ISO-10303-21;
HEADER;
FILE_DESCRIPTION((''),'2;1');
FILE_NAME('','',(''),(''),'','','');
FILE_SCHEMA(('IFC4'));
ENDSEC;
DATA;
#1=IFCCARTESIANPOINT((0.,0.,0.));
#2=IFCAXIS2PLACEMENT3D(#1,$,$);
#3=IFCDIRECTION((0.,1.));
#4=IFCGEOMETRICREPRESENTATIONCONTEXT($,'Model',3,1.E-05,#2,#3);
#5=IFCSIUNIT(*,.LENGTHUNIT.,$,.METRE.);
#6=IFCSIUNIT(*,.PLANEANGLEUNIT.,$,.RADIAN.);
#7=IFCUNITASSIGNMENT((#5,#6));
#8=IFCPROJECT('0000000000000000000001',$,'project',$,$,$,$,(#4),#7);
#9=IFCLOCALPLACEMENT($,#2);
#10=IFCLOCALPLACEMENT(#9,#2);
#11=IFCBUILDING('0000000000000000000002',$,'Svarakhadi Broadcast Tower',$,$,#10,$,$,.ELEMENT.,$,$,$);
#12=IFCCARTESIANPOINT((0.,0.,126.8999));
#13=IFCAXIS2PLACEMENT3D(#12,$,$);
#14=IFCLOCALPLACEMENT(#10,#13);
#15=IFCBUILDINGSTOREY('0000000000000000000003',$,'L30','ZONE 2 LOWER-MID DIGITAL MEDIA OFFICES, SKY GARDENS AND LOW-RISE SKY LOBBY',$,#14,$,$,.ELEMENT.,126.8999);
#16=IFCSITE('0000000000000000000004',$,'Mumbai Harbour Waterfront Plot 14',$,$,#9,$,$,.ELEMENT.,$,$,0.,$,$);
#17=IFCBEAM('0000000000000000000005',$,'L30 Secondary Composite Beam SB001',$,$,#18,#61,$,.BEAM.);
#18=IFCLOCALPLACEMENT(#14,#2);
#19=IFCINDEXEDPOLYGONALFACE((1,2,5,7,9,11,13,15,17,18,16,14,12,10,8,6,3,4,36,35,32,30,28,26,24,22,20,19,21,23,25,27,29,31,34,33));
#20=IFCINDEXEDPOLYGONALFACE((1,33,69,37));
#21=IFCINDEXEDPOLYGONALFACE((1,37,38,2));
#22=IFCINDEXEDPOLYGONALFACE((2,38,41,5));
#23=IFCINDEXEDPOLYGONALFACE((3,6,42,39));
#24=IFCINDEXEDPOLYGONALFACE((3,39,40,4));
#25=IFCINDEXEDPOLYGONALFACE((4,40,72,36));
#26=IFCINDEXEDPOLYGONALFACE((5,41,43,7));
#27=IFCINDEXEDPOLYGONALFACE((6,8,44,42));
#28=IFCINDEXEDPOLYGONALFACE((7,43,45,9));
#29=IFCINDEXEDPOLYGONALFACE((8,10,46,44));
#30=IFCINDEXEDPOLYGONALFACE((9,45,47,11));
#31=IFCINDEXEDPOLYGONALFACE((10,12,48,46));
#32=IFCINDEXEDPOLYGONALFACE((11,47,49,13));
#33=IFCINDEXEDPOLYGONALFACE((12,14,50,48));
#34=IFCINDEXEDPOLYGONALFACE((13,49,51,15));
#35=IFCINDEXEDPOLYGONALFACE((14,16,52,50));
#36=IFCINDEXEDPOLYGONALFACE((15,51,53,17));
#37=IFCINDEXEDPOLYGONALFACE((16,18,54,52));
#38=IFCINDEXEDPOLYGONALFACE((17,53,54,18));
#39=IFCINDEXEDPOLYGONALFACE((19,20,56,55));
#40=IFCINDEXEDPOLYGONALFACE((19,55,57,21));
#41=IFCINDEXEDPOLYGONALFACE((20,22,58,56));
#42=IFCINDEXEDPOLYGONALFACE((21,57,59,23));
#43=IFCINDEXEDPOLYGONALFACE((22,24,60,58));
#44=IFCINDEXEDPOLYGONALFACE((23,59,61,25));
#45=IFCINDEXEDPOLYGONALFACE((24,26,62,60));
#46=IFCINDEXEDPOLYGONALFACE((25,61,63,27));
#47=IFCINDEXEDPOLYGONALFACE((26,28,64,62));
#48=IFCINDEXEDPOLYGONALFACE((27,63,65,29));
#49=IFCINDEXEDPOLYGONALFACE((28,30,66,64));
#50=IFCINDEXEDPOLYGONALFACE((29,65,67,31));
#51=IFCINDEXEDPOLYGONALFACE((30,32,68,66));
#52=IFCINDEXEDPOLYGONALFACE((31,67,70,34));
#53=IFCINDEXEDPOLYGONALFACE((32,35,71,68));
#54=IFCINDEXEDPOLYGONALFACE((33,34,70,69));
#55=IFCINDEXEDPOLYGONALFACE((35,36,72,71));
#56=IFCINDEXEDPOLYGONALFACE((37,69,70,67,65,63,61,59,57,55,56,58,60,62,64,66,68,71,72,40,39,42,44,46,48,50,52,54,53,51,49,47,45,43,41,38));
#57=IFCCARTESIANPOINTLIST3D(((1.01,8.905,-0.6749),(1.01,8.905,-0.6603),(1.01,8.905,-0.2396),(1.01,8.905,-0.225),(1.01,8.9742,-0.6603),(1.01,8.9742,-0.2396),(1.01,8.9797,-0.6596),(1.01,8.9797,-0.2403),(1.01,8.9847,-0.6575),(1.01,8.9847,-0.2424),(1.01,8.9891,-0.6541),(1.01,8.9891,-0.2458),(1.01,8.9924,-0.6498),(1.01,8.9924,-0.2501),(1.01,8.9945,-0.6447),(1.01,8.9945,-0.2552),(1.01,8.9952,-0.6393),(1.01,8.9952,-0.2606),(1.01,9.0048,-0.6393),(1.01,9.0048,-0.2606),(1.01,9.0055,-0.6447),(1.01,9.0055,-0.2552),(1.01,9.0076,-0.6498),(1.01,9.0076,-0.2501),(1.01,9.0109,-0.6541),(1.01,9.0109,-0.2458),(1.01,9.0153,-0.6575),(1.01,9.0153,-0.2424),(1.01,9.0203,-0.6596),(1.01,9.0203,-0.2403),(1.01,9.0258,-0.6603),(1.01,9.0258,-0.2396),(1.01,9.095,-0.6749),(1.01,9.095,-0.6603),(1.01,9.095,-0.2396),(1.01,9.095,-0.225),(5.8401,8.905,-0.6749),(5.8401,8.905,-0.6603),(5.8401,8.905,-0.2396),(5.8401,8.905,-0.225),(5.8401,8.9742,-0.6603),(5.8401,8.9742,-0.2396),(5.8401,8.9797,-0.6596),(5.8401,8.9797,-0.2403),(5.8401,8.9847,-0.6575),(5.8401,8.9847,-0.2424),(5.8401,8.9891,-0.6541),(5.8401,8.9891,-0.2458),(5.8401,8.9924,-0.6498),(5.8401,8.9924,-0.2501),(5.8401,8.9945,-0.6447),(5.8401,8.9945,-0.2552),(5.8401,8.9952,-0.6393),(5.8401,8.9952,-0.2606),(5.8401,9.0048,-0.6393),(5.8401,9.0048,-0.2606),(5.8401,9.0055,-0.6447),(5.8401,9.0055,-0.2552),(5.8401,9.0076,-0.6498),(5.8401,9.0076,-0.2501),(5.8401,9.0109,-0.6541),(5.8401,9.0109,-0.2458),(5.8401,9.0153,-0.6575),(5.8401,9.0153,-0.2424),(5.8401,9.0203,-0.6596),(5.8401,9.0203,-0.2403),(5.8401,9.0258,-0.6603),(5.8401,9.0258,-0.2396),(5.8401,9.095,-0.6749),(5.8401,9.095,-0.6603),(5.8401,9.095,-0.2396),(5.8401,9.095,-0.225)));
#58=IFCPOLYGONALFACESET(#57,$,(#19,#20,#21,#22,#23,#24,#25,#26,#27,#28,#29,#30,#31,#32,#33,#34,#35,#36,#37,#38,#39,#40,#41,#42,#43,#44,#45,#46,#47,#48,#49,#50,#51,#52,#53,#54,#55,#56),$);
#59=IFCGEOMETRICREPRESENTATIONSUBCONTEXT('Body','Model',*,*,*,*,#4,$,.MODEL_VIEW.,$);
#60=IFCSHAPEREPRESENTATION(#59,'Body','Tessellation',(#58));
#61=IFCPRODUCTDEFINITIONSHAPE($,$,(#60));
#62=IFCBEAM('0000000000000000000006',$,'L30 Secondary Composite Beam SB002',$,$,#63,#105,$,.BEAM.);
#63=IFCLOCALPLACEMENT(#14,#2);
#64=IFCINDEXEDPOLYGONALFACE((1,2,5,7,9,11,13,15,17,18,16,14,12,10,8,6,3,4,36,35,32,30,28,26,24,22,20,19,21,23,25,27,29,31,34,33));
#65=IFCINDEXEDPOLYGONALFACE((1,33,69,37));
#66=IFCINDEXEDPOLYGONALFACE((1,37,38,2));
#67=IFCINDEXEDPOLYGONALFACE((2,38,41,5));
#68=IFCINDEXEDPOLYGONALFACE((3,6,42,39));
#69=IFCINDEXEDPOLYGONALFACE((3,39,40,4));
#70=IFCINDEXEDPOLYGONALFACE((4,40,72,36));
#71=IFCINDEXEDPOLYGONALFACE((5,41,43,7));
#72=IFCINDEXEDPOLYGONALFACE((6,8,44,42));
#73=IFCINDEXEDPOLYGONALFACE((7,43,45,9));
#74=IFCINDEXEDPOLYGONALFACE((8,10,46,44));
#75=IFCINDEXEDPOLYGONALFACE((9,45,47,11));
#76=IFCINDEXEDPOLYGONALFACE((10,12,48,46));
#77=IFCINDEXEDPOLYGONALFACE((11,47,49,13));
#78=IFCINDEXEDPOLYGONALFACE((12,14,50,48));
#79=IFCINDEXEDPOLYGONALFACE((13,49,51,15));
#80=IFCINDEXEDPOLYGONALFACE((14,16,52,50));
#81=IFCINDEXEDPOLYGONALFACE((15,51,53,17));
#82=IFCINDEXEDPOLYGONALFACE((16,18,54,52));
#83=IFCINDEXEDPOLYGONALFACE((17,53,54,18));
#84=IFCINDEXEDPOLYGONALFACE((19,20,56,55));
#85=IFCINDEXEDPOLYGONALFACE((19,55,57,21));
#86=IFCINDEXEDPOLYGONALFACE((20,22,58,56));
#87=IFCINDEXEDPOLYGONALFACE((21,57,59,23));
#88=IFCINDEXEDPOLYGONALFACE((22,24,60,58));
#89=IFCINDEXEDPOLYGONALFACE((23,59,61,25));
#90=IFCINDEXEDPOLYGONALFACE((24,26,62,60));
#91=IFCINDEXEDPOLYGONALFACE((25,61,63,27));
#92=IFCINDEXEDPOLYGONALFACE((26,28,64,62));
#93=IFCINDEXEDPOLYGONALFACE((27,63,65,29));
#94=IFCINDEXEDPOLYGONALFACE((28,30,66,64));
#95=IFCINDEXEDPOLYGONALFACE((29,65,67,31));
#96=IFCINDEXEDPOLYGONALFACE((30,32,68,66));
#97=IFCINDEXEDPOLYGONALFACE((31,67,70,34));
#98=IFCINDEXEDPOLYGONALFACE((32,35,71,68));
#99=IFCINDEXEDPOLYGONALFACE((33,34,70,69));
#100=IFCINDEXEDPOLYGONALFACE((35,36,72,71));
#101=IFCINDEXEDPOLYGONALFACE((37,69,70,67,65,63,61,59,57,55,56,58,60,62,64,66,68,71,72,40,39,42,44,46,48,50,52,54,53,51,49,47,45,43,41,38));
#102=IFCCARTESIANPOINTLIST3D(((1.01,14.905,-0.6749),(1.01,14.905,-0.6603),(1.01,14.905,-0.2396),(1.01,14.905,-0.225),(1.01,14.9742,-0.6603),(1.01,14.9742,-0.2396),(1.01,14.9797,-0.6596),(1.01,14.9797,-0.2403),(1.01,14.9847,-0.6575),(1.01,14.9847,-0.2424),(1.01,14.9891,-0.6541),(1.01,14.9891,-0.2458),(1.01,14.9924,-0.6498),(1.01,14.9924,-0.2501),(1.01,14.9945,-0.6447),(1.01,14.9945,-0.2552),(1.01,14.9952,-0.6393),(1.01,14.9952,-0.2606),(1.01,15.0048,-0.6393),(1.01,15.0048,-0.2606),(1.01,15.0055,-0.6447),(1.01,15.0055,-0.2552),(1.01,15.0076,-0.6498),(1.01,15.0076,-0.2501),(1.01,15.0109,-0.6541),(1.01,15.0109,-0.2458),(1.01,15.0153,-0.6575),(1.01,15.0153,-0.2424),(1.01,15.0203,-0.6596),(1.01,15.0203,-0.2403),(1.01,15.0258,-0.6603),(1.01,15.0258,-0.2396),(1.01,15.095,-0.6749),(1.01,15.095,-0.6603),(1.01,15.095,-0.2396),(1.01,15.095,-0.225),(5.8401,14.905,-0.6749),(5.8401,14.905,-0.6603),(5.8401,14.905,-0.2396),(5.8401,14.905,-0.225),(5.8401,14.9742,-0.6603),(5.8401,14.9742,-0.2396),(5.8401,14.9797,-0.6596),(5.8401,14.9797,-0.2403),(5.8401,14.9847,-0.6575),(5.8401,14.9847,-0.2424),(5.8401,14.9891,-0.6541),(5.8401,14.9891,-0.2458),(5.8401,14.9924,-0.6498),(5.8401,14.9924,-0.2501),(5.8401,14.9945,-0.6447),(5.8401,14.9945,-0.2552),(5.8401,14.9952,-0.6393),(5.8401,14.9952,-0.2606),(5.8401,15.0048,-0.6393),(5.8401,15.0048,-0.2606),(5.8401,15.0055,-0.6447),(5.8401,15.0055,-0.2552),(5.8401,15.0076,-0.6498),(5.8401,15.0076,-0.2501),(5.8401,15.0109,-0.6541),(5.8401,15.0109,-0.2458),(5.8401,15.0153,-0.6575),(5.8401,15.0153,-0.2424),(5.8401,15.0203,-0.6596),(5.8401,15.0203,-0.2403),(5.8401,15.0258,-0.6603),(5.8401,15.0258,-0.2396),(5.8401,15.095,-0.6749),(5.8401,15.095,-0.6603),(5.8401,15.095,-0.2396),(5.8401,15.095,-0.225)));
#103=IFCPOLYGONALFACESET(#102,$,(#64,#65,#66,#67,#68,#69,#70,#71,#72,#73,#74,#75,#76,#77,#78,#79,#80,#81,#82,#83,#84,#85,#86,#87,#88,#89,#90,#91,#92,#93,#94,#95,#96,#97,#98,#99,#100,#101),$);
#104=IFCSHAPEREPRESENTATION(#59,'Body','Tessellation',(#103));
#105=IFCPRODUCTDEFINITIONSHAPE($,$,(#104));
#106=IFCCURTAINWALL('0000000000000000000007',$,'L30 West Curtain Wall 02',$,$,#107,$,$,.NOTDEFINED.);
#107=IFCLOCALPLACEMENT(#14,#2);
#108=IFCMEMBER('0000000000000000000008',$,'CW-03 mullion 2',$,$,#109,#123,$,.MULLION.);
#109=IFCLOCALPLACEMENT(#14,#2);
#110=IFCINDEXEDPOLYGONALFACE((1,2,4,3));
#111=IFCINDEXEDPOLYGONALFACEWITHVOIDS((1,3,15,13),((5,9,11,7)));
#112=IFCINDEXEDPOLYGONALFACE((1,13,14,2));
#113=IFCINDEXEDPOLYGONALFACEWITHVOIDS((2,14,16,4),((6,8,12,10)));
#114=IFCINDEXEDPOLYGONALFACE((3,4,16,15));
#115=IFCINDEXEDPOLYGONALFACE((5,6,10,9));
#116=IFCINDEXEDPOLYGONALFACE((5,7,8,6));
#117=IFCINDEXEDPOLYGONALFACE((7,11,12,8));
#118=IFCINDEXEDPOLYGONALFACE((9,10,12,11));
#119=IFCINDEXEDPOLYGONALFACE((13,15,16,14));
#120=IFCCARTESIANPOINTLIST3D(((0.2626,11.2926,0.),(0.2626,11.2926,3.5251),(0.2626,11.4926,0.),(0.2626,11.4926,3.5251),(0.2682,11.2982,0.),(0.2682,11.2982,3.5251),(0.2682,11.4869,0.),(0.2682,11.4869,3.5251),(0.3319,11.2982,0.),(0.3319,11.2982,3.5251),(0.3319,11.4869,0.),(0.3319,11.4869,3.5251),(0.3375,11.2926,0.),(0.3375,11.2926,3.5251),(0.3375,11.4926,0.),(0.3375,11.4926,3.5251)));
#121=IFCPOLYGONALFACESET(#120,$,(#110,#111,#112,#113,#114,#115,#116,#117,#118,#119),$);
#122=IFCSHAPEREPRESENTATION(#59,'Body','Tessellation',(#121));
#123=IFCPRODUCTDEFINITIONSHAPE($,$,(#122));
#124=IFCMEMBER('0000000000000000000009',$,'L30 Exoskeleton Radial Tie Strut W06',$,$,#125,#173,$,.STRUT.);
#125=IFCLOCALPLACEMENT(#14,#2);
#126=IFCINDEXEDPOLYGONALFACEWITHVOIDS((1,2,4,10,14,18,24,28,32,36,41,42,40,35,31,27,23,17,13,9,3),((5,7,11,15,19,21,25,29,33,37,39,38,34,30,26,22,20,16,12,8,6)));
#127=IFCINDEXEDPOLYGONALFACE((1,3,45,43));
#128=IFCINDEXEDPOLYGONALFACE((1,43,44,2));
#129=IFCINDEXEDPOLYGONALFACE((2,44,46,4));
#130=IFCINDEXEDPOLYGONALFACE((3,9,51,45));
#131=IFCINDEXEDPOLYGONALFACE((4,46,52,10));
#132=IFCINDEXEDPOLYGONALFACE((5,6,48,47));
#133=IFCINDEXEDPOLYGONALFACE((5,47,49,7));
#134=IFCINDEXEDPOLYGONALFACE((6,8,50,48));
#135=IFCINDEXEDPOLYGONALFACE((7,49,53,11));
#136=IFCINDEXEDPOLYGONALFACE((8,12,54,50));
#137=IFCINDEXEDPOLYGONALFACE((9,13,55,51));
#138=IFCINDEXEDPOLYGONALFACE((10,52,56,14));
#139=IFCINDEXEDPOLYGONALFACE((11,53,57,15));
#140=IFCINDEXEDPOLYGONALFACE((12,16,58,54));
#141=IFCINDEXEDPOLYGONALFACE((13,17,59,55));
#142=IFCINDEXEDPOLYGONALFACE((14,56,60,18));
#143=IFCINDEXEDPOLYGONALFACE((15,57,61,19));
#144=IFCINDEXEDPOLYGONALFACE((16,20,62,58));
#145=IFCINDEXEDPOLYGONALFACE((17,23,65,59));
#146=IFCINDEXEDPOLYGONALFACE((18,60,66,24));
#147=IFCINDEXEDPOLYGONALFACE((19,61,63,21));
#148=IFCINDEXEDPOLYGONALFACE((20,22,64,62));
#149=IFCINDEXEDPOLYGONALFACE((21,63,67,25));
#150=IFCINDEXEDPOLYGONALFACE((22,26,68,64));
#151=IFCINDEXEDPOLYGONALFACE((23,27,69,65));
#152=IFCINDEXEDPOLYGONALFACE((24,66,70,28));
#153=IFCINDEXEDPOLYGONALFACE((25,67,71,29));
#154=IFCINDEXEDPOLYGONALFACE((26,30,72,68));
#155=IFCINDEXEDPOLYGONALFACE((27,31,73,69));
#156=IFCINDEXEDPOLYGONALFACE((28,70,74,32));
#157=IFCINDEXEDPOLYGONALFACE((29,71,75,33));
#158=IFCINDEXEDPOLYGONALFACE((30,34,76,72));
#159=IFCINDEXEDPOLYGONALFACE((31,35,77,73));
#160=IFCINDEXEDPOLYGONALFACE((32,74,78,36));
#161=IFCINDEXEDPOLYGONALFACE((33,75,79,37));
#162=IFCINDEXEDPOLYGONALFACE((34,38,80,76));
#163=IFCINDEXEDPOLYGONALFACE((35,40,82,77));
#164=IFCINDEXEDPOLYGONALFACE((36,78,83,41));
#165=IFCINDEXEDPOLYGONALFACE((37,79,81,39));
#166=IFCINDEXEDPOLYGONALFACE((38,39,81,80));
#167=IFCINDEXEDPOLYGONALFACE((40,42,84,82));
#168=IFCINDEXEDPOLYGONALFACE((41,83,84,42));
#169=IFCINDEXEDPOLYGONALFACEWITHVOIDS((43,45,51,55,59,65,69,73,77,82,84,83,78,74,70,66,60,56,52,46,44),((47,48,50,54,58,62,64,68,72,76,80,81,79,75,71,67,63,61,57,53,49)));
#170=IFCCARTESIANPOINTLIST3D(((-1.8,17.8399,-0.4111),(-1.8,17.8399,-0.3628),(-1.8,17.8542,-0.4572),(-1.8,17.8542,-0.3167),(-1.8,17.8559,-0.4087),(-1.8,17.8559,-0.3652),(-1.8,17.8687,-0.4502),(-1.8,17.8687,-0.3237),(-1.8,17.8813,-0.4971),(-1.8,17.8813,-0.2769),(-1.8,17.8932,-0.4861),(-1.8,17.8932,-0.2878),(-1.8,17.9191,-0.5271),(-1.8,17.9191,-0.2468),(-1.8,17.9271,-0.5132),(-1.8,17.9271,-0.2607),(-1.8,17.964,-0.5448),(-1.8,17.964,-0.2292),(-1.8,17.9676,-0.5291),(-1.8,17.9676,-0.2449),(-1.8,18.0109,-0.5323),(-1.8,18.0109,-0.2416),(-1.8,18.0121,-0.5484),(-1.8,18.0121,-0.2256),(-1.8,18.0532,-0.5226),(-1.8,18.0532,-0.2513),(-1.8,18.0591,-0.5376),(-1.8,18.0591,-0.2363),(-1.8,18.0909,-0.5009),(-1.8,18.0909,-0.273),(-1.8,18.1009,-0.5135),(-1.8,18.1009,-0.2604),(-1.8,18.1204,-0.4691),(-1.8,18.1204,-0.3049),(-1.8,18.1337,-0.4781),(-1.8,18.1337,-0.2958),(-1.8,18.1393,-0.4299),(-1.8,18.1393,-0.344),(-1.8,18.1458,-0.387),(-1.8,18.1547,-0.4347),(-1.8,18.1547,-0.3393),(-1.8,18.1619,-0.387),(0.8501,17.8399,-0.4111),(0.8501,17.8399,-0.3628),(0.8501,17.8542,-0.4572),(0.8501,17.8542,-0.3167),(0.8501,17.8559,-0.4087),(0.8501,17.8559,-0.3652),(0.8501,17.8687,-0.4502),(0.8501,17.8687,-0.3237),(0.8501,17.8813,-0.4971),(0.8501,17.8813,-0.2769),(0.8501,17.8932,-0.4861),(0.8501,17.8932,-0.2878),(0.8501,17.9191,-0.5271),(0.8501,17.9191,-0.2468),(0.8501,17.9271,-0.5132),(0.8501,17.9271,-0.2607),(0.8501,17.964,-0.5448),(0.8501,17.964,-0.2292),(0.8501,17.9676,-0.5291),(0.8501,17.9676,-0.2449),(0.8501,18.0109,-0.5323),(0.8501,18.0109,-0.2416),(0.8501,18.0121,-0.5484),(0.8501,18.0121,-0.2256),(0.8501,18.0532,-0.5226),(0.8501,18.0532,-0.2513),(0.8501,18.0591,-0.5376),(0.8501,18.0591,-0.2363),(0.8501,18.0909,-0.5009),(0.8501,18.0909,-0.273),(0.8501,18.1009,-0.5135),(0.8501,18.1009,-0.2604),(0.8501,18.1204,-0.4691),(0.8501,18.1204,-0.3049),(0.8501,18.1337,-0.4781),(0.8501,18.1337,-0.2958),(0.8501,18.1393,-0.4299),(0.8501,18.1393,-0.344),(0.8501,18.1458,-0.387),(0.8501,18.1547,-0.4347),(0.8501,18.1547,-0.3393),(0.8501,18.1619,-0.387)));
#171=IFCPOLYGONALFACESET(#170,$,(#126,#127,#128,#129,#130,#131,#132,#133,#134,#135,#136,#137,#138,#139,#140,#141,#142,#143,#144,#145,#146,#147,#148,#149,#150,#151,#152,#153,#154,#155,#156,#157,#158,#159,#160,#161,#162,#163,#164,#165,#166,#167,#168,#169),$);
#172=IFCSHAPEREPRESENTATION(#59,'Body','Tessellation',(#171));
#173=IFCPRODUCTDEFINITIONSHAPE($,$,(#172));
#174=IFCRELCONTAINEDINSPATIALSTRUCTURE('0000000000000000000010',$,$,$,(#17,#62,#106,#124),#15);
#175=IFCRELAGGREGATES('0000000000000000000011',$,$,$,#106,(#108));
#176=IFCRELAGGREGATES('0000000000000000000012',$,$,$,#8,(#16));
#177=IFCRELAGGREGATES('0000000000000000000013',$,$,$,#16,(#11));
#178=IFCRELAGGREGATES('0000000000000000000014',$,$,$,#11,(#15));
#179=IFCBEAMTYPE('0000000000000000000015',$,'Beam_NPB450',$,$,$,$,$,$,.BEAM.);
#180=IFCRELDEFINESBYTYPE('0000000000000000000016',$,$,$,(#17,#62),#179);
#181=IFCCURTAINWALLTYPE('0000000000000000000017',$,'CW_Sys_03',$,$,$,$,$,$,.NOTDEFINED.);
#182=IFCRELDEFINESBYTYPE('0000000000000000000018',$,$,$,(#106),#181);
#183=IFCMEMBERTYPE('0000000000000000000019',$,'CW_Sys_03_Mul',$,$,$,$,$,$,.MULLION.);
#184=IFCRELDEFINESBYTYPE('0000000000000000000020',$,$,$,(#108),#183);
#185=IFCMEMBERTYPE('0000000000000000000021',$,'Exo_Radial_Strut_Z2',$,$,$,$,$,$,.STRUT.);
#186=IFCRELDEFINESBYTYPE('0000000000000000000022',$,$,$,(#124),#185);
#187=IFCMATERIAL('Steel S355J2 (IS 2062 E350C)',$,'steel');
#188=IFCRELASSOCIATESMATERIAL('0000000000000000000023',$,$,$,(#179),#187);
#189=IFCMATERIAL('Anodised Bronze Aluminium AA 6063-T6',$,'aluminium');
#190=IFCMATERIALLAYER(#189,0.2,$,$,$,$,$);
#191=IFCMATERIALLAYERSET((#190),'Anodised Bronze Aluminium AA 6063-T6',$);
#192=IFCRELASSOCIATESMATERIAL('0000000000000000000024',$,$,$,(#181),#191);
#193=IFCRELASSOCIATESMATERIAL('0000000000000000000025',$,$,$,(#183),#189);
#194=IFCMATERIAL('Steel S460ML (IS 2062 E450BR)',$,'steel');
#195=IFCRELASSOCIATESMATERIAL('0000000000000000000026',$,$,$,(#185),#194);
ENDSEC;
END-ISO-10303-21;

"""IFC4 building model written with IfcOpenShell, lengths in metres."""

from ifc_helpers import new_model, si_unit, direction, frame, origin, origin_2d, place, context, subcontext, project, spatial, hollow_rectangle, hollow_circle, i_section, extrude, material, layer, layer_set, material_profile, profile_set, type_object, element, aggregate, save


model = new_model("IFC4")

# Units and contexts
model_context = context("Model", 3, precision=1e-05, world=origin(), true_north=direction((0.0, 1.0)))
body_context = subcontext(model_context, "Body", "Model", "MODEL_VIEW")
ifc_project = project(units=[si_unit("LENGTHUNIT", "METRE"), si_unit("PLANEANGLEUNIT", "RADIAN")], contexts=[model_context])

# Site, building, storey
site_placement = place(None, origin())
site = spatial("IfcSite", under=ifc_project, at=site_placement, Name="Mumbai Harbour Waterfront Plot 14", CompositionType="ELEMENT", RefElevation=0.0)
building_placement = place(site_placement, origin())
building = spatial("IfcBuilding", under=site, at=building_placement, Name="Svarakhadi Broadcast Tower", CompositionType="ELEMENT")
storey_placement = place(building_placement, frame((0.0, 0.0, 126.8999)))
storey = spatial("IfcBuildingStorey", under=building, at=storey_placement, Name="L30", Description="ZONE 2 LOWER-MID DIGITAL MEDIA OFFICES, SKY GARDENS AND LOW-RISE SKY LOBBY", CompositionType="ELEMENT", Elevation=126.8999)

# Shared definitions
ifc_material_1 = material(Name="Steel S460ML (IS 2062 E450BR)", Category="steel")

# Beams
ifc_material_2 = material(Name="Steel S355J2 (IS 2062 E350C)", Category="steel")
ifc_material_profile_1 = material_profile(ifc_material_2, i_section(OverallWidth=0.1899, OverallDepth=0.45, WebThickness=0.0095, FlangeThickness=0.0146, FilletRadius=0.021, at=origin_2d()), Name="NPB 450x190x78")
ifc_profile_set_1 = profile_set([ifc_material_profile_1], Name="Steel S355J2 (IS 2062 E350C)")
beam_type_1 = type_object("IfcBeamType", Name="Beam_NPB450", PredefinedType="BEAM", material=ifc_profile_set_1)
for number, where, z_axis, x_axis, name in (
    (1, (1.01, 9.0, -0.45), (1.0, 0.0, 0.0), (0.0, 1.0, 0.0), "L30 Secondary Composite Beam SB001"),
    (2, (1.01, 15.0, -0.45), (1.0, 0.0, 0.0), (0.0, 1.0, 0.0), "L30 Secondary Composite Beam SB002"),
):
    element("IfcBeam", number, at=place(storey_placement, frame(where, z_axis=z_axis, x_axis=x_axis)), inside=storey, type_object=beam_type_1, Name=name, PredefinedType="BEAM", context=body_context, shape_type="SweptSolid", body=[
        extrude(i_section(OverallWidth=0.1899, OverallDepth=0.45, WebThickness=0.0095, FlangeThickness=0.0146, FilletRadius=0.021, at=origin_2d()), origin(), (0.0, 0.0, 1.0), 4.8301),
    ])

# Curtain wall, member
ifc_material_3 = material(Name="Anodised Bronze Aluminium AA 6063-T6", Category="aluminium")
ifc_layer_1 = layer(ifc_material_3, 0.2)
ifc_layer_set_1 = layer_set([ifc_layer_1], Name="Anodised Bronze Aluminium AA 6063-T6")
curtain_wall_type = type_object("IfcCurtainWallType", Name="CW_Sys_03", PredefinedType="NOTDEFINED", material=ifc_layer_set_1)
curtain_wall_placement = place(storey_placement, origin())
curtain_wall = element("IfcCurtainWall", 3, at=curtain_wall_placement, inside=storey, type_object=curtain_wall_type, Name="L30 West Curtain Wall 02", PredefinedType="NOTDEFINED")
ifc_material_profile_2 = material_profile(ifc_material_3, hollow_rectangle(XDim=0.075, YDim=0.2, WallThickness=0.0056, at=origin_2d()), Name="ALU MULLION 200x75x6")
ifc_profile_set_2 = profile_set([ifc_material_profile_2], Name="Anodised Bronze Aluminium AA 6063-T6")
member_type_1 = type_object("IfcMemberType", Name="CW_Sys_03_Mul", PredefinedType="MULLION", material=ifc_profile_set_2)
member_1_placement = place(storey_placement, frame((0.3, 11.3926, 0.0), z_axis=(0.0, 0.0, 1.0), x_axis=(-1.0, 0.0, 0.0)))
member_1 = element("IfcMember", 4, at=member_1_placement, type_object=member_type_1, Name="CW-03 mullion 2", PredefinedType="MULLION", context=body_context, shape_type="SweptSolid", body=[
    extrude(hollow_rectangle(XDim=0.075, YDim=0.2, WallThickness=0.0056, at=origin_2d()), origin(), (0.0, 0.0, 1.0), 3.5251),
])

# Member
ifc_material_profile_3 = material_profile(ifc_material_1, hollow_circle(Radius=0.1619, WallThickness=0.0161, at=origin_2d()), Name="CHS 323.9x16")
ifc_profile_set_3 = profile_set([ifc_material_profile_3], Name="Steel S460ML (IS 2062 E450BR)")
member_type_2 = type_object("IfcMemberType", Name="Exo_Radial_Strut_Z2", PredefinedType="STRUT", material=ifc_profile_set_3)
member_2_placement = place(storey_placement, frame((-1.8, 18.0, -0.387), z_axis=(1.0, 0.0, 0.0), x_axis=(0.0, 1.0, 0.0)))
element("IfcMember", 5, at=member_2_placement, inside=storey, type_object=member_type_2, Name="L30 Exoskeleton Radial Tie Strut W06", PredefinedType="STRUT", context=body_context, shape_type="SweptSolid", body=[
    extrude(hollow_circle(Radius=0.1619, WallThickness=0.0161, at=origin_2d()), origin(), (0.0, 0.0, 1.0), 2.6501),
])

aggregate(curtain_wall, [member_1])

save(model, "model.ifc")
